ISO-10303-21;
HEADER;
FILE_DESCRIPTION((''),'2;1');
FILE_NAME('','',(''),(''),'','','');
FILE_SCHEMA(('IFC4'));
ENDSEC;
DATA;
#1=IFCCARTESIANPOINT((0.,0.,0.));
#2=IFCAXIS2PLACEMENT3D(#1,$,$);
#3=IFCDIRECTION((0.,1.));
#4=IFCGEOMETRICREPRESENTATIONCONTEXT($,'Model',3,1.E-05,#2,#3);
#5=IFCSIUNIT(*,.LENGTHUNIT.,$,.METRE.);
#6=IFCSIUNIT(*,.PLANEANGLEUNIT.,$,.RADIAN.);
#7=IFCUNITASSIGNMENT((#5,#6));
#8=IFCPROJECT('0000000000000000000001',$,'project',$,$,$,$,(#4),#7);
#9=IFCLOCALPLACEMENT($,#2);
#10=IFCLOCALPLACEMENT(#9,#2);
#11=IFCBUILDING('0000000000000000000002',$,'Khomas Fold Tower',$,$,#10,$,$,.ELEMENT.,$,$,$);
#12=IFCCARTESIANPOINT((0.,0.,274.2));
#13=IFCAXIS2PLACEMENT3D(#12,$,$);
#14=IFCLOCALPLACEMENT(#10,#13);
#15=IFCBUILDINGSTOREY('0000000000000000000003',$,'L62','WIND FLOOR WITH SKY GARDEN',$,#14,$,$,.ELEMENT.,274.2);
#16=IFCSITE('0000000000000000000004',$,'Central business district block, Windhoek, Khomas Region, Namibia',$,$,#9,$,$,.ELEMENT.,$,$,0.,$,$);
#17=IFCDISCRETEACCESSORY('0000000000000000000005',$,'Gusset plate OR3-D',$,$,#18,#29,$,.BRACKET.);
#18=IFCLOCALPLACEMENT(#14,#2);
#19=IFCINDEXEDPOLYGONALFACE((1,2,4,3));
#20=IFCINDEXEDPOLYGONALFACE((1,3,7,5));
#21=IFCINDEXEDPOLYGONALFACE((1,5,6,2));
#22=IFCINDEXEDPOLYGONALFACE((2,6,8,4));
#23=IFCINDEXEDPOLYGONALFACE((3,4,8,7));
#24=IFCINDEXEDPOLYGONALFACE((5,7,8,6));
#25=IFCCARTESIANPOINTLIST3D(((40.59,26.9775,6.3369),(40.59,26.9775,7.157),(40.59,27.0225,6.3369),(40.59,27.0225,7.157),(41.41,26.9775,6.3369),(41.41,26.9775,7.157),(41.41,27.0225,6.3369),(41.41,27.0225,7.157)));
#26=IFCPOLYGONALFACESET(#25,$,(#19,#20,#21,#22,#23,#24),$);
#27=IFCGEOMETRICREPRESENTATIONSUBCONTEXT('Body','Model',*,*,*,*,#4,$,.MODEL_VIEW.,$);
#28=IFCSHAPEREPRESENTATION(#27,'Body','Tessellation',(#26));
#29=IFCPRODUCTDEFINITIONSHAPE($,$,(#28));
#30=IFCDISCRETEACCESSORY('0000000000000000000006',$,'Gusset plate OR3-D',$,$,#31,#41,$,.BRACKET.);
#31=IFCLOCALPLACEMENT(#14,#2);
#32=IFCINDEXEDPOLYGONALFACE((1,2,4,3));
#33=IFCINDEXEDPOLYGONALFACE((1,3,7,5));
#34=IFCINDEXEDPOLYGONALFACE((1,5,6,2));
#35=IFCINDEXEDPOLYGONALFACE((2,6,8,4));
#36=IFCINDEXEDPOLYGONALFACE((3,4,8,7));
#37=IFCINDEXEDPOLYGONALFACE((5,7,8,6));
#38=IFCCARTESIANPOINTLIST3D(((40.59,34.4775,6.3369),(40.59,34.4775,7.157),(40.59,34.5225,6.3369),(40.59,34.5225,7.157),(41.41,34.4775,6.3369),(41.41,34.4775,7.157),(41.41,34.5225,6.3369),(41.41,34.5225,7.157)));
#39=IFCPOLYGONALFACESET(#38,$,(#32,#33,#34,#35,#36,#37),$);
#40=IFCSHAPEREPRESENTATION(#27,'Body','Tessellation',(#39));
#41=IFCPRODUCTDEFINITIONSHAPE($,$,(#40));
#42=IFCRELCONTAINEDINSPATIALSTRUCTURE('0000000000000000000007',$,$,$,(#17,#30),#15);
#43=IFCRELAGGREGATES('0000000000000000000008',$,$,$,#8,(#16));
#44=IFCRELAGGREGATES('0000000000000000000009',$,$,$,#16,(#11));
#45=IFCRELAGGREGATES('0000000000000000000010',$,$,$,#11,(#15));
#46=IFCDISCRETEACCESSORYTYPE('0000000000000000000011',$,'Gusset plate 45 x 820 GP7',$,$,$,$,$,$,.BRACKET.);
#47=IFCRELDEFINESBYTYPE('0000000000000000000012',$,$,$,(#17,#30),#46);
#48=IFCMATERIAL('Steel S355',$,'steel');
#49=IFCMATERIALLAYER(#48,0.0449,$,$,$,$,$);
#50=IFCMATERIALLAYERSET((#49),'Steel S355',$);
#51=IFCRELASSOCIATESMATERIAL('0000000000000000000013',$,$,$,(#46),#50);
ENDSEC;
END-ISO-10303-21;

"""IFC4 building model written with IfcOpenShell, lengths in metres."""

from ifc_helpers import new_model, si_unit, direction, frame, origin, origin_2d, place, context, subcontext, project, spatial, rectangle, extrude, source, transform, mapped, material, layer, layer_set, type_object, element, save


model = new_model("IFC4")

# Units and contexts
model_context = context("Model", 3, precision=1e-05, world=origin(), true_north=direction((0.0, 1.0)))
body_context = subcontext(model_context, "Body", "Model", "MODEL_VIEW")
ifc_project = project(units=[si_unit("LENGTHUNIT", "METRE"), si_unit("PLANEANGLEUNIT", "RADIAN")], contexts=[model_context])

# Site, building, storey
site_placement = place(None, origin())
site = spatial("IfcSite", under=ifc_project, at=site_placement, Name="Central business district block, Windhoek, Khomas Region, Namibia", CompositionType="ELEMENT", RefElevation=0.0)
building_placement = place(site_placement, origin())
building = spatial("IfcBuilding", under=site, at=building_placement, Name="Khomas Fold Tower", CompositionType="ELEMENT")
storey_placement = place(building_placement, frame((0.0, 0.0, 274.2)))
storey = spatial("IfcBuildingStorey", under=building, at=storey_placement, Name="L62", Description="WIND FLOOR WITH SKY GARDEN", CompositionType="ELEMENT", Elevation=274.2)

# Discrete accessories
ifc_material_1 = material(Name="Steel S355", Category="steel")
ifc_layer = layer(ifc_material_1, 0.0449)
ifc_layer_set = layer_set([ifc_layer], Name="Steel S355")
discrete_accessory_type = type_object("IfcDiscreteAccessoryType", Name="Gusset plate 45 x 820 GP7", PredefinedType="BRACKET", material=ifc_layer_set)
shared_shape_1 = source(origin(), body_context, "Body", "SweptSolid", [
    extrude(rectangle(XDim=0.8201, YDim=0.0449, at=origin_2d()), origin(), (0.0, 0.0, 1.0), 0.8201),
])
for number, where, z_axis, x_axis, name in (
    (1, (41.0, 27.0, 6.3369), (0.0, 0.0, 1.0), (1.0, 0.0, 0.0), "Gusset plate OR3-D"),
    (2, (41.0, 34.5, 6.3369), (0.0, 0.0, 1.0), (1.0, 0.0, 0.0), "Gusset plate OR3-D"),
):
    element("IfcDiscreteAccessory", number, at=place(storey_placement, frame(where, z_axis=z_axis, x_axis=x_axis)), inside=storey, type_object=discrete_accessory_type, Name=name, PredefinedType="BRACKET", context=body_context, shape_type="MappedRepresentation", body=[
        mapped(shared_shape_1, transform((0.0, 0.0, 0.0))),
    ])

save(model, "model.ifc")
